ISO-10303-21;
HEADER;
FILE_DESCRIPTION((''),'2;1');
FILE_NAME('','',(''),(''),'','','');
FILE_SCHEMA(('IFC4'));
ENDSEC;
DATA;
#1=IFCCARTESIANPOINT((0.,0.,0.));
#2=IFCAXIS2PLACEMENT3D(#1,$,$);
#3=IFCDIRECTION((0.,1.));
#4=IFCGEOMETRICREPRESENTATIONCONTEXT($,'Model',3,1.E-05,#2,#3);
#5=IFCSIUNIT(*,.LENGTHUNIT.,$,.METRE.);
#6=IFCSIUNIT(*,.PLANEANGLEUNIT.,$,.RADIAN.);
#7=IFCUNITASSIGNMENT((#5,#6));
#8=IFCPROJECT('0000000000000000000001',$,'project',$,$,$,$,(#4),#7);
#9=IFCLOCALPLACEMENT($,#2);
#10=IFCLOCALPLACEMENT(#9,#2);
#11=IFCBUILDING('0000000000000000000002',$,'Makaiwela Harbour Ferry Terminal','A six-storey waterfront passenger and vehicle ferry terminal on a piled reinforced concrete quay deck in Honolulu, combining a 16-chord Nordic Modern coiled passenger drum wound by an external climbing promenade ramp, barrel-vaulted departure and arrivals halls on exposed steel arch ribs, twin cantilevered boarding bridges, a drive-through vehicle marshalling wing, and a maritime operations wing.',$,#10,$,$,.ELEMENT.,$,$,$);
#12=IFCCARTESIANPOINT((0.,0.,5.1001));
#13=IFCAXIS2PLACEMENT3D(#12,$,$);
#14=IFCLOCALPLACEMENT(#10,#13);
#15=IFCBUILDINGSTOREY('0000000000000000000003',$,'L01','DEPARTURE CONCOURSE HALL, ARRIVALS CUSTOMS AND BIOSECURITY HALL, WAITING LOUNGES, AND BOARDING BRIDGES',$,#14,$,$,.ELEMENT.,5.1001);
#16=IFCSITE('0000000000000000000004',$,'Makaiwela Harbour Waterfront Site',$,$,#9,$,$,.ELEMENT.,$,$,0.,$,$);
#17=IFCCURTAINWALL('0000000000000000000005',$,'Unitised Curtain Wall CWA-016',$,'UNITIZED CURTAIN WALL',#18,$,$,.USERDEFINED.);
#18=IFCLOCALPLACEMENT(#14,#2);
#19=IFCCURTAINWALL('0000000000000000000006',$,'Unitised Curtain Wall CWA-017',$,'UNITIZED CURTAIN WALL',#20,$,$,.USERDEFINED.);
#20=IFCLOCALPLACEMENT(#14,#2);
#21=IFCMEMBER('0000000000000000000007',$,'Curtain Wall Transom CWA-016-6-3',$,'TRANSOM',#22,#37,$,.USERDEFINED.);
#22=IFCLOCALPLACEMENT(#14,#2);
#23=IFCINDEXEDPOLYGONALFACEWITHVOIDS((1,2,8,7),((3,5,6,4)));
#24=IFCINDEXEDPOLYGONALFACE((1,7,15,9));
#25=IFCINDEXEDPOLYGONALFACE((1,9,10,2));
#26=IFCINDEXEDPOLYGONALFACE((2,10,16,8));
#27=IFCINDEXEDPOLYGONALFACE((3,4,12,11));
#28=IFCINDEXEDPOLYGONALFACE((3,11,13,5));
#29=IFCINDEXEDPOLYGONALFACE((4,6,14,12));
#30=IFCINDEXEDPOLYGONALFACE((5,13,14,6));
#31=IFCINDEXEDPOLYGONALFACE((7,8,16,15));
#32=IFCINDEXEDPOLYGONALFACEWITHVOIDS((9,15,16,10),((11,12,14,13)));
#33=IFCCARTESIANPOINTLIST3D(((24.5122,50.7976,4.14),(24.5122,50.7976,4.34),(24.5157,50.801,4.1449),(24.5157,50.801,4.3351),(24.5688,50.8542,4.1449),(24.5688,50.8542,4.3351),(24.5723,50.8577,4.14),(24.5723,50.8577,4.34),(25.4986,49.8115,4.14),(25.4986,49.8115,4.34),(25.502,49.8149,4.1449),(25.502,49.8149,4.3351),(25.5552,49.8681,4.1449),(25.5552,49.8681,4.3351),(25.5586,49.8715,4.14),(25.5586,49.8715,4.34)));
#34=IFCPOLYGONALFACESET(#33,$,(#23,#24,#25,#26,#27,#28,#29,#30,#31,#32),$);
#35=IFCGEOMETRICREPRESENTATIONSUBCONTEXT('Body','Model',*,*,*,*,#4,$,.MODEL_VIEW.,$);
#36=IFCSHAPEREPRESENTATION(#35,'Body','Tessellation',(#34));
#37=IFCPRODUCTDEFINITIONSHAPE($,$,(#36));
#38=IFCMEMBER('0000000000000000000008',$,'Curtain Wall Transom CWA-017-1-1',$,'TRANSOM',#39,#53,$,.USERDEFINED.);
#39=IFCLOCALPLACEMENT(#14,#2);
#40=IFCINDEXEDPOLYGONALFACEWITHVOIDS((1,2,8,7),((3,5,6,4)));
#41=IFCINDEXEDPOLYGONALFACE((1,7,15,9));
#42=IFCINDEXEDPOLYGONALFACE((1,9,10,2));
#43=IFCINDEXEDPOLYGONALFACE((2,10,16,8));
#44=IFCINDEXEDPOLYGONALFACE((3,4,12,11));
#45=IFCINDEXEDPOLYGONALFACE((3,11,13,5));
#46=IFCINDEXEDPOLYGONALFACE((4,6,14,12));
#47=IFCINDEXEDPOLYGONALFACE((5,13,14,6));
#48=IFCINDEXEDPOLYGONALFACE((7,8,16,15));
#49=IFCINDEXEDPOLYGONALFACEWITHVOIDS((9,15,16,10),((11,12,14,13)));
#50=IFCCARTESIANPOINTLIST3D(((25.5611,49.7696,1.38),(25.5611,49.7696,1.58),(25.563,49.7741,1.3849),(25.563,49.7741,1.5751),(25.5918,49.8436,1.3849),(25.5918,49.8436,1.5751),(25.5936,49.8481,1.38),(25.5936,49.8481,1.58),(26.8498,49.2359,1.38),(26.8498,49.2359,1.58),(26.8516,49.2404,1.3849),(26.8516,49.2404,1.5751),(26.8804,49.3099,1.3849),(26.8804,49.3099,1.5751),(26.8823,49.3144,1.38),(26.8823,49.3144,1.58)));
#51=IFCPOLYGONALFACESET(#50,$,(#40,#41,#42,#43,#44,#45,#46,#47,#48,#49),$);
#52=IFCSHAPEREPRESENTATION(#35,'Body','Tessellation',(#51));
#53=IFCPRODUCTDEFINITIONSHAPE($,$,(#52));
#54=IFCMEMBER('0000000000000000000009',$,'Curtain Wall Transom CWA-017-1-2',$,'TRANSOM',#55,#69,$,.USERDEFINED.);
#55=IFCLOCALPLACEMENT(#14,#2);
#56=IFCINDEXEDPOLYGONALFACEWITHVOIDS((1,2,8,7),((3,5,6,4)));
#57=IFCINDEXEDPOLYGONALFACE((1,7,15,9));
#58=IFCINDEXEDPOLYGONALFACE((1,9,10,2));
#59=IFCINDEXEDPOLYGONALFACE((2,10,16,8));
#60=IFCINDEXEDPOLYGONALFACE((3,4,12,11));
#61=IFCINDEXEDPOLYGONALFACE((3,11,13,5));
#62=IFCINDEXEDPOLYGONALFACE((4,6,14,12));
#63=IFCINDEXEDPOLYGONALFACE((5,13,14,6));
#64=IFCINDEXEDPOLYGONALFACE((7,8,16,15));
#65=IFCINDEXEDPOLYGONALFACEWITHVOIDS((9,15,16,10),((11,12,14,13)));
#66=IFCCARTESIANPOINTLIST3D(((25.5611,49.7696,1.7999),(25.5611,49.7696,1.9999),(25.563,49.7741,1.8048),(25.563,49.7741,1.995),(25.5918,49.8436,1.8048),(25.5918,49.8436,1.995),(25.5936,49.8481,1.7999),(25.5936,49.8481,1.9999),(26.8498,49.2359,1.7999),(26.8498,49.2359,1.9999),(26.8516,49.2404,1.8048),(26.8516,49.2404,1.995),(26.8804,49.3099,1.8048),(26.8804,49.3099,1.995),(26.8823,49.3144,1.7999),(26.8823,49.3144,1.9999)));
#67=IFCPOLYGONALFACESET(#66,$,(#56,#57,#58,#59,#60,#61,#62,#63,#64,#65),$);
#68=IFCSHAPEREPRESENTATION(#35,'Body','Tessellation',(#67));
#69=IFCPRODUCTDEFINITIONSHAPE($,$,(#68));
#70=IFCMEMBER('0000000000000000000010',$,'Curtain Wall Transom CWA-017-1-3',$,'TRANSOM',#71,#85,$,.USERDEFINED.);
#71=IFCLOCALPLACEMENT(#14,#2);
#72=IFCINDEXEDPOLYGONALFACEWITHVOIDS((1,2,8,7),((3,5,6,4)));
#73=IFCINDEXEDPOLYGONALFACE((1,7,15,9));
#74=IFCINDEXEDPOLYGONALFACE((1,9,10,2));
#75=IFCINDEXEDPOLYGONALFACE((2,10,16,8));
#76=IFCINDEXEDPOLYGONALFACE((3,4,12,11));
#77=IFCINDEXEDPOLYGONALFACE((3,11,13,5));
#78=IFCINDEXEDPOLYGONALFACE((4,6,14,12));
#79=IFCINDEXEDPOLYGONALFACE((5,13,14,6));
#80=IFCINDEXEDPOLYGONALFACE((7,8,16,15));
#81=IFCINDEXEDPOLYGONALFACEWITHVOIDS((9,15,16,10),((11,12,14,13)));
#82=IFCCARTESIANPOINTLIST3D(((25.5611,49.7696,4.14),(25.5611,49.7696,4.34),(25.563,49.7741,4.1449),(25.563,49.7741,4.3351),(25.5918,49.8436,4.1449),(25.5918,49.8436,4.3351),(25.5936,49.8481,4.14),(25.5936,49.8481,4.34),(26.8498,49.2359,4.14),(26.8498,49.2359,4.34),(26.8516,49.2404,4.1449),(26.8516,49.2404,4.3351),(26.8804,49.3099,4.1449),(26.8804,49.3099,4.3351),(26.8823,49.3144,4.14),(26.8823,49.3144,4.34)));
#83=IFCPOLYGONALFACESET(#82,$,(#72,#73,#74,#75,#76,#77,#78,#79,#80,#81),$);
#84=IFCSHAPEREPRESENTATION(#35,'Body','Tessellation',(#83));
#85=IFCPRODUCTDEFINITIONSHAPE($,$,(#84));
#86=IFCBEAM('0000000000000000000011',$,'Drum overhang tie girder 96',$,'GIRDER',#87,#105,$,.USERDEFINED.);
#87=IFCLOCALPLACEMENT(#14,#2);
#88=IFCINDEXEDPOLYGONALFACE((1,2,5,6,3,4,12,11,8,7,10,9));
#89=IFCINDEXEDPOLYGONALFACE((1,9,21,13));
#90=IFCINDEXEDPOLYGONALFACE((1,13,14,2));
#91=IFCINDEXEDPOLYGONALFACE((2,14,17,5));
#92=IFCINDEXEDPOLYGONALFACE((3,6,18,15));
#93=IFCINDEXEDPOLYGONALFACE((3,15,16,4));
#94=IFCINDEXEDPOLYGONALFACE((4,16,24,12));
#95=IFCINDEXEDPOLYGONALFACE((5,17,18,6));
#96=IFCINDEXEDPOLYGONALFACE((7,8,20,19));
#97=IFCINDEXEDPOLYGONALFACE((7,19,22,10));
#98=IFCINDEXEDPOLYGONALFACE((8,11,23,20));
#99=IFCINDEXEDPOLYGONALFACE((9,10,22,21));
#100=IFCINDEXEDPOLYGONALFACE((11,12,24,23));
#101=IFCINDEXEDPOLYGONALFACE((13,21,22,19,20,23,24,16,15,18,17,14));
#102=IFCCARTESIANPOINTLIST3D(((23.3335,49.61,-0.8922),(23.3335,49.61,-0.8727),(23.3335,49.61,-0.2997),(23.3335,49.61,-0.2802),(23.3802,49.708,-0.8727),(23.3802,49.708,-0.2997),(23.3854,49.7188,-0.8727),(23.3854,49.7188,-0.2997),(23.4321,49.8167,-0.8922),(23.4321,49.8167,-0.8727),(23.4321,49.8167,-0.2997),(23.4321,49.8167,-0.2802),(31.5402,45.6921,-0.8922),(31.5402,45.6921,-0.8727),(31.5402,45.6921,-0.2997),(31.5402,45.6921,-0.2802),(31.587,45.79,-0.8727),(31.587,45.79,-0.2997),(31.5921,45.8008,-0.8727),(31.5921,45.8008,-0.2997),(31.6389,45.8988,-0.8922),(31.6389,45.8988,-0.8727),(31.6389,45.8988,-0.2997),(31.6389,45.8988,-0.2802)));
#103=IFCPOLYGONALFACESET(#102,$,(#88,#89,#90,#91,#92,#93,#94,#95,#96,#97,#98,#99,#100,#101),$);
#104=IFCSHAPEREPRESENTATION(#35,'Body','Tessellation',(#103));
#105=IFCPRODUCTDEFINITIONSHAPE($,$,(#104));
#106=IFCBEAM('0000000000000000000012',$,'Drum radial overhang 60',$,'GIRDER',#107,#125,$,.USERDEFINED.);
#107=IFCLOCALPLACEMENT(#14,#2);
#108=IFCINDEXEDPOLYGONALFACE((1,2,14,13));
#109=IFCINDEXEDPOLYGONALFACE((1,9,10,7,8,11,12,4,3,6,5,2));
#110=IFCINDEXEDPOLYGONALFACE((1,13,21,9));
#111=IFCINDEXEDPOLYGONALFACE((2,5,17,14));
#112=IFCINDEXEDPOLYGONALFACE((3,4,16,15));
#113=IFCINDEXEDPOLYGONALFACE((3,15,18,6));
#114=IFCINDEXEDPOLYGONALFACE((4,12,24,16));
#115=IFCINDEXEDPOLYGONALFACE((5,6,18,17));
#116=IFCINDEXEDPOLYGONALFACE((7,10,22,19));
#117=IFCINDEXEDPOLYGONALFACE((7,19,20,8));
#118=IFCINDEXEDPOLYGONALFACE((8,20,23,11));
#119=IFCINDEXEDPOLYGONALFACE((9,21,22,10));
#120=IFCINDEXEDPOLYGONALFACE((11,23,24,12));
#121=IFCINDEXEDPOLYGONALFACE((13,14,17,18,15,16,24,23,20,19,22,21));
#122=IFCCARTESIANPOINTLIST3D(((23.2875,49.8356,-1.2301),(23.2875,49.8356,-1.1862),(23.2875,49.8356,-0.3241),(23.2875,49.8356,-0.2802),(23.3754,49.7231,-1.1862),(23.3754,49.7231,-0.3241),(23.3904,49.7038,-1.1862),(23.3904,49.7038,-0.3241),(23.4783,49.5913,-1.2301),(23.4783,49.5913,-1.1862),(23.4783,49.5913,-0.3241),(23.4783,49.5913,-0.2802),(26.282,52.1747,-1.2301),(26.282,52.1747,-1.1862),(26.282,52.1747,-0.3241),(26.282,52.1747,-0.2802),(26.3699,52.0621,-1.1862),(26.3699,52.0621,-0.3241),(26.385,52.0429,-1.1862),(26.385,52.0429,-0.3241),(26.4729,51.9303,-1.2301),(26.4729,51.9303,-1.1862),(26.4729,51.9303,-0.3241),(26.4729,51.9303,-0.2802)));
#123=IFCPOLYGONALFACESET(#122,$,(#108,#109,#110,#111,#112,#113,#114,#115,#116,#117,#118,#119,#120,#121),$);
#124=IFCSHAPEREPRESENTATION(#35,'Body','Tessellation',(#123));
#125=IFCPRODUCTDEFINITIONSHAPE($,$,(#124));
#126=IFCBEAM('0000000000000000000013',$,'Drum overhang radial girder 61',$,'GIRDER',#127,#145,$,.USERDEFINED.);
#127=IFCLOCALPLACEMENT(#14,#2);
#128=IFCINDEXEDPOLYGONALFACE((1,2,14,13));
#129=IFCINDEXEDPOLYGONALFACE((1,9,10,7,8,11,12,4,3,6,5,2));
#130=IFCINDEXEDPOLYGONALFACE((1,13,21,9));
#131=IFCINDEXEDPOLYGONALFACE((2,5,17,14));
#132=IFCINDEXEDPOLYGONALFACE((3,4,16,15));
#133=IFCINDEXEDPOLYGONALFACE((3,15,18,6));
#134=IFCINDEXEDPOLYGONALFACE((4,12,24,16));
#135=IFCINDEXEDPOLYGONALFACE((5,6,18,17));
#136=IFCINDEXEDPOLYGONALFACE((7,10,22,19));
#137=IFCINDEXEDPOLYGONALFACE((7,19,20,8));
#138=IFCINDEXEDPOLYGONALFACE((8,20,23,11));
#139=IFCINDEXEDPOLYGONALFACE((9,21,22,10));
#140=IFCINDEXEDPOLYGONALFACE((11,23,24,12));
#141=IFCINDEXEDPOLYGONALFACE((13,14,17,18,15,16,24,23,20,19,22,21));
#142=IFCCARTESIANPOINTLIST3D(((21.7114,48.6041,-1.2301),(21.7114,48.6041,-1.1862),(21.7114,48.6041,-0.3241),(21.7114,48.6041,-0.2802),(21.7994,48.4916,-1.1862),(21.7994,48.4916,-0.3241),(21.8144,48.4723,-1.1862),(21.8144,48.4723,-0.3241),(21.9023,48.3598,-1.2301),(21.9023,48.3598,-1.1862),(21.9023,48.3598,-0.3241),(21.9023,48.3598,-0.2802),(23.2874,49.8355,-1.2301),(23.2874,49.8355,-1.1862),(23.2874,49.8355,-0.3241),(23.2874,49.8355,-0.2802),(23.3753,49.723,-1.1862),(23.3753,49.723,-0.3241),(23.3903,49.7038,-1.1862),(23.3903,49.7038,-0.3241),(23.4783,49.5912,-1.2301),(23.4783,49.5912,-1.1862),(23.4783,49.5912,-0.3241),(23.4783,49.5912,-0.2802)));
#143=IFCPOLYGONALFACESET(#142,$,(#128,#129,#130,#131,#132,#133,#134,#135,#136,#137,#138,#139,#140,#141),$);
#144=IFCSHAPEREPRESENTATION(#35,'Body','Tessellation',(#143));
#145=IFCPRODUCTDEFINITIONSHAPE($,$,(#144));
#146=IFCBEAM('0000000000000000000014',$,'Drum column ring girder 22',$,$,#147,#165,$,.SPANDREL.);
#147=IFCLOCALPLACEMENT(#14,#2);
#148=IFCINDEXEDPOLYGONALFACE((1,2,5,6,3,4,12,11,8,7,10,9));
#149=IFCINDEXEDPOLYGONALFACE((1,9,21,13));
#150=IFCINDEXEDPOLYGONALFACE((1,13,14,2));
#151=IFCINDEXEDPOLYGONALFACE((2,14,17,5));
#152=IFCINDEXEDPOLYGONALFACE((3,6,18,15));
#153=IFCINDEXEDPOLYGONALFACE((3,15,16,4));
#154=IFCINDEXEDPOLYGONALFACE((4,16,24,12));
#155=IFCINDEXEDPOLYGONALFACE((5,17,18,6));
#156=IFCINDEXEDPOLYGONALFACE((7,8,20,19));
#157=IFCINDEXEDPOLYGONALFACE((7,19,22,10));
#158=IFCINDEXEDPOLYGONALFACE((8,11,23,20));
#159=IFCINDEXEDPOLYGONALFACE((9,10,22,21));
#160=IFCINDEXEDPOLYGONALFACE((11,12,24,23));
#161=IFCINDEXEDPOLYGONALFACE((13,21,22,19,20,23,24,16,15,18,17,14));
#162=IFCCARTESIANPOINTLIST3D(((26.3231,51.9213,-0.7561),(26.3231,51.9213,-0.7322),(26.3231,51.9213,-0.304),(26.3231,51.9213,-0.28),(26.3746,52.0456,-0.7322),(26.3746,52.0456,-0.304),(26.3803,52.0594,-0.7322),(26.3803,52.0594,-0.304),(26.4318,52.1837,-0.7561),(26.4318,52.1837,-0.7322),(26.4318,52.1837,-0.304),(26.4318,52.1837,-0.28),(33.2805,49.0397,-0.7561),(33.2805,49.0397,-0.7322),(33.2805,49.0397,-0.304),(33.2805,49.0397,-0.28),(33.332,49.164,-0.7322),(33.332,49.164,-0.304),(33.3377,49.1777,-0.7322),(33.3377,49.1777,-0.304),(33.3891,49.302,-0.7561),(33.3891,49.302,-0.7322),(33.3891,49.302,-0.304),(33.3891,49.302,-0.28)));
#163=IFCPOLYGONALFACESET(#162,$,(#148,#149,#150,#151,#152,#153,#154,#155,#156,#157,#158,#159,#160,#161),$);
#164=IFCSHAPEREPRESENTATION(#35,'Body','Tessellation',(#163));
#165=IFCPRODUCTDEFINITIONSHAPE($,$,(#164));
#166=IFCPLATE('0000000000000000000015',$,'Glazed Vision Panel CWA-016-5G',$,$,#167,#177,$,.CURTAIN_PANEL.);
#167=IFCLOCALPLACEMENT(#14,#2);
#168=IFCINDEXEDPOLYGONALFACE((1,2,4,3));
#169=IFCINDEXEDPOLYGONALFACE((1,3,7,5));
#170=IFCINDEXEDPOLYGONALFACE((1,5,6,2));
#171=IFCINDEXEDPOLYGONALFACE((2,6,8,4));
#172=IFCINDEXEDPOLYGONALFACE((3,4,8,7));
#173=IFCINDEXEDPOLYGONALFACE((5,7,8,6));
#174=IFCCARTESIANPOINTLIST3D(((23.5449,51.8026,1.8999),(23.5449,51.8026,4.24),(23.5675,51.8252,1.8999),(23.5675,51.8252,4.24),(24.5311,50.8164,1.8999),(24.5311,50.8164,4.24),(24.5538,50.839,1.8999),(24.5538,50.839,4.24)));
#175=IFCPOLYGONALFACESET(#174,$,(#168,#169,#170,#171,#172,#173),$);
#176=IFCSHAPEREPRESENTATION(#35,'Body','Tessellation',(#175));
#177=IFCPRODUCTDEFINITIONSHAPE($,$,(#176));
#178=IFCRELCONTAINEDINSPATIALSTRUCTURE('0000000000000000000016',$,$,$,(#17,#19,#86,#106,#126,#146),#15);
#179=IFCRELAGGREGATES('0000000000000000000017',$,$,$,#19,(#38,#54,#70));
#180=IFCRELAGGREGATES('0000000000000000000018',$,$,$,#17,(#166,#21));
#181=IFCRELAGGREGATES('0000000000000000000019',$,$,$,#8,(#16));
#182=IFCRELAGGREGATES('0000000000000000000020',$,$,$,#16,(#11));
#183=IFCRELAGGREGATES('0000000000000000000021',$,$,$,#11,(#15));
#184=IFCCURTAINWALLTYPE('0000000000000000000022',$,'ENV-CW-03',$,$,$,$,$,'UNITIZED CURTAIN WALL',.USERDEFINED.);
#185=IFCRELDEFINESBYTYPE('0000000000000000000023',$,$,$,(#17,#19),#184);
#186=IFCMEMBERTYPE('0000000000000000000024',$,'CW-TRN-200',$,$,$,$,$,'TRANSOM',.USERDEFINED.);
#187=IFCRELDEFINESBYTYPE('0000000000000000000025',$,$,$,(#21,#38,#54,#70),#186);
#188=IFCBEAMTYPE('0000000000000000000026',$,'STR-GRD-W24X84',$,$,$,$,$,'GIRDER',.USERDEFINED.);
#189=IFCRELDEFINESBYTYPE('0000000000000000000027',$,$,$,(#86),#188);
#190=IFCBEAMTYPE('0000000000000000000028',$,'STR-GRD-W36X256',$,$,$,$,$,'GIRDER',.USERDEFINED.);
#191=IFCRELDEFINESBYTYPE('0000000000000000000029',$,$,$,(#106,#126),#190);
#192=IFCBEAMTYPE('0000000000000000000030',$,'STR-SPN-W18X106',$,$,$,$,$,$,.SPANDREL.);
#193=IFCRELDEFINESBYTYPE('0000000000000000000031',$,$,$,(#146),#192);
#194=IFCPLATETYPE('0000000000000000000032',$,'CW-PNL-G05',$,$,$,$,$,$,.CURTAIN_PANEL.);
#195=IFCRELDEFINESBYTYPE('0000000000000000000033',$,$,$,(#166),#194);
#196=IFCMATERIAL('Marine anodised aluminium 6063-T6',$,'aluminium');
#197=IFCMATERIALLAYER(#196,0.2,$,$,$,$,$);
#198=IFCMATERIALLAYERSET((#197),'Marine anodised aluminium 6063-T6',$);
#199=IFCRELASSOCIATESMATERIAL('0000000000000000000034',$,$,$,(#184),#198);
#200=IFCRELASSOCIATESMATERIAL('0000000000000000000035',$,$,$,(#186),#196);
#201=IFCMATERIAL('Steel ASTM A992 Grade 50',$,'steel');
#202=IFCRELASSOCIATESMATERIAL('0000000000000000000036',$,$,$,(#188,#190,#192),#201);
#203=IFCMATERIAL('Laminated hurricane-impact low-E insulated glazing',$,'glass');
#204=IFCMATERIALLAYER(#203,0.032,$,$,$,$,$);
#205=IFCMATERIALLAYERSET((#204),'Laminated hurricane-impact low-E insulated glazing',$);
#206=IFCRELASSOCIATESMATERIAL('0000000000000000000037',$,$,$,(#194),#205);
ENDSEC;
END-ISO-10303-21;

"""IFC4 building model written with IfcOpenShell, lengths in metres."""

from ifc_helpers import new_model, si_unit, direction, frame, origin, origin_2d, place, context, subcontext, project, spatial, rectangle, hollow_rectangle, i_section, extrude, material, layer, layer_set, material_profile, profile_set, type_object, element, aggregate, save


model = new_model("IFC4")

# Units and contexts
model_context = context("Model", 3, precision=1e-05, world=origin(), true_north=direction((0.0, 1.0)))
body_context = subcontext(model_context, "Body", "Model", "MODEL_VIEW")
ifc_project = project(units=[si_unit("LENGTHUNIT", "METRE"), si_unit("PLANEANGLEUNIT", "RADIAN")], contexts=[model_context])

# Site, building, storey
site_placement = place(None, origin())
site = spatial("IfcSite", under=ifc_project, at=site_placement, Name="Makaiwela Harbour Waterfront Site", CompositionType="ELEMENT", RefElevation=0.0)
building_placement = place(site_placement, origin())
building = spatial("IfcBuilding", under=site, at=building_placement, Name="Makaiwela Harbour Ferry Terminal", Description="A six-storey waterfront passenger and vehicle ferry terminal on a piled reinforced concrete quay deck in Honolulu, combining a 16-chord Nordic Modern coiled passenger drum wound by an external climbing promenade ramp, barrel-vaulted departure and arrivals halls on exposed steel arch ribs, twin cantilevered boarding bridges, a drive-through vehicle marshalling wing, and a maritime operations wing.", CompositionType="ELEMENT")
storey_placement = place(building_placement, frame((0.0, 0.0, 5.1001)))
storey = spatial("IfcBuildingStorey", under=building, at=storey_placement, Name="L01", Description="DEPARTURE CONCOURSE HALL, ARRIVALS CUSTOMS AND BIOSECURITY HALL, WAITING LOUNGES, AND BOARDING BRIDGES", CompositionType="ELEMENT", Elevation=5.1001)

# Shared definitions
ifc_material_1 = material(Name="Steel ASTM A992 Grade 50", Category="steel")

# Curtain wall
ifc_material_2 = material(Name="Marine anodised aluminium 6063-T6", Category="aluminium")
ifc_layer_1 = layer(ifc_material_2, 0.2)
ifc_layer_set_1 = layer_set([ifc_layer_1], Name="Marine anodised aluminium 6063-T6")
curtain_wall_type = type_object("IfcCurtainWallType", Name="ENV-CW-03", ElementType="UNITIZED CURTAIN WALL", PredefinedType="USERDEFINED", material=ifc_layer_set_1)
curtain_wall_1_placement = place(storey_placement, origin())
curtain_wall_1 = element("IfcCurtainWall", 1, at=curtain_wall_1_placement, inside=storey, type_object=curtain_wall_type, Name="Unitised Curtain Wall CWA-016", ObjectType="UNITIZED CURTAIN WALL", PredefinedType="USERDEFINED")

# Curtain wall
curtain_wall_2_placement = place(storey_placement, origin())
curtain_wall_2 = element("IfcCurtainWall", 2, at=curtain_wall_2_placement, inside=storey, type_object=curtain_wall_type, Name="Unitised Curtain Wall CWA-017", ObjectType="UNITIZED CURTAIN WALL", PredefinedType="USERDEFINED")

# Members
ifc_material_profile_1 = material_profile(ifc_material_2, hollow_rectangle(XDim=0.085, YDim=0.2, WallThickness=0.0049, at=origin_2d()), Name="CWT-200X85")
ifc_profile_set_1 = profile_set([ifc_material_profile_1], Name="Marine anodised aluminium 6063-T6")
member_type_1 = type_object("IfcMemberType", Name="CW-TRN-200", ElementType="TRANSOM", PredefinedType="USERDEFINED", material=ifc_profile_set_1)
member_1_placement = place(storey_placement, frame((24.5422, 50.8276, 4.24), z_axis=(0.707194, -0.707019, 0.0), x_axis=(0.707019, 0.707194, 0.0)))
member_1 = element("IfcMember", 3, at=member_1_placement, type_object=member_type_1, Name="Curtain Wall Transom CWA-016-6-3", ObjectType="TRANSOM", PredefinedType="USERDEFINED", context=body_context, shape_type="SweptSolid", body=[
    extrude(hollow_rectangle(XDim=0.085, YDim=0.2, WallThickness=0.0049, at=origin_2d()), origin(), (0.0, 0.0, 1.0), 1.3948),
])
member_2_placement = place(storey_placement, frame((25.5774, 49.8088, 1.48), z_axis=(0.923893, -0.382651, 0.0), x_axis=(0.382651, 0.923893, 0.0)))
member_2 = element("IfcMember", 4, at=member_2_placement, type_object=member_type_1, Name="Curtain Wall Transom CWA-017-1-1", ObjectType="TRANSOM", PredefinedType="USERDEFINED", context=body_context, shape_type="SweptSolid", body=[
    extrude(hollow_rectangle(XDim=0.085, YDim=0.2, WallThickness=0.0049, at=origin_2d()), origin(), (0.0, 0.0, 1.0), 1.3948),
])
member_3_placement = place(storey_placement, frame((25.5774, 49.8088, 1.8999), z_axis=(0.923893, -0.382651, 0.0), x_axis=(0.382651, 0.923893, 0.0)))
member_3 = element("IfcMember", 5, at=member_3_placement, type_object=member_type_1, Name="Curtain Wall Transom CWA-017-1-2", ObjectType="TRANSOM", PredefinedType="USERDEFINED", context=body_context, shape_type="SweptSolid", body=[
    extrude(hollow_rectangle(XDim=0.085, YDim=0.2, WallThickness=0.0049, at=origin_2d()), origin(), (0.0, 0.0, 1.0), 1.3948),
])
member_4_placement = place(storey_placement, frame((25.5774, 49.8088, 4.24), z_axis=(0.923893, -0.382651, 0.0), x_axis=(0.382651, 0.923893, 0.0)))
member_4 = element("IfcMember", 6, at=member_4_placement, type_object=member_type_1, Name="Curtain Wall Transom CWA-017-1-3", ObjectType="TRANSOM", PredefinedType="USERDEFINED", context=body_context, shape_type="SweptSolid", body=[
    extrude(hollow_rectangle(XDim=0.085, YDim=0.2, WallThickness=0.0049, at=origin_2d()), origin(), (0.0, 0.0, 1.0), 1.3948),
])
aggregate(curtain_wall_2, [member_2, member_3, member_4])

# Beams
ifc_material_profile_2 = material_profile(ifc_material_1, i_section(OverallWidth=0.229, OverallDepth=0.6121, WebThickness=0.012, FlangeThickness=0.0195, at=origin_2d()), Name="W24X84")
ifc_profile_set_2 = profile_set([ifc_material_profile_2], Name="Steel ASTM A992 Grade 50")
beam_type_1 = type_object("IfcBeamType", Name="STR-GRD-W24X84", ElementType="GIRDER", PredefinedType="USERDEFINED", material=ifc_profile_set_2)
beam_1_placement = place(storey_placement, frame((23.3828, 49.7134, -0.5862), z_axis=(0.902434, -0.430827, 0.0), x_axis=(0.430827, 0.902434, 0.0)))
element("IfcBeam", 7, at=beam_1_placement, inside=storey, type_object=beam_type_1, Name="Drum overhang tie girder 96", ObjectType="GIRDER", PredefinedType="USERDEFINED", context=body_context, shape_type="SweptSolid", body=[
    extrude(i_section(OverallWidth=0.229, OverallDepth=0.6121, WebThickness=0.012, FlangeThickness=0.0195, at=origin_2d()), origin(), (0.0, 0.0, 1.0), 9.094),
])
ifc_material_profile_3 = material_profile(ifc_material_1, i_section(OverallWidth=0.3101, OverallDepth=0.95, WebThickness=0.0244, FlangeThickness=0.0439, at=origin_2d()), Name="W36X256")
ifc_profile_set_3 = profile_set([ifc_material_profile_3], Name="Steel ASTM A992 Grade 50")
beam_type_2 = type_object("IfcBeamType", Name="STR-GRD-W36X256", ElementType="GIRDER", PredefinedType="USERDEFINED", material=ifc_profile_set_3)
beam_2_placement = place(storey_placement, frame((26.3774, 52.0525, -0.7551), z_axis=(-0.788081, -0.615572, 0.0), x_axis=(0.615572, -0.788081, 0.0)))
element("IfcBeam", 8, at=beam_2_placement, inside=storey, type_object=beam_type_2, Name="Drum radial overhang 60", ObjectType="GIRDER", PredefinedType="USERDEFINED", context=body_context, shape_type="SweptSolid", body=[
    extrude(i_section(OverallWidth=0.3101, OverallDepth=0.95, WebThickness=0.0244, FlangeThickness=0.0439, at=origin_2d()), origin(), (0.0, 0.0, 1.0), 3.7998),
])
beam_3_placement = place(storey_placement, frame((23.3828, 49.7134, -0.7551), z_axis=(-0.787963, -0.615722, 0.0), x_axis=(0.615722, -0.787963, 0.0)))
element("IfcBeam", 9, at=beam_3_placement, inside=storey, type_object=beam_type_2, Name="Drum overhang radial girder 61", ObjectType="GIRDER", PredefinedType="USERDEFINED", context=body_context, shape_type="SweptSolid", body=[
    extrude(i_section(OverallWidth=0.3101, OverallDepth=0.95, WebThickness=0.0244, FlangeThickness=0.0439, at=origin_2d()), origin(), (0.0, 0.0, 1.0), 2.0),
])
ifc_material_profile_4 = material_profile(ifc_material_1, i_section(OverallWidth=0.2839, OverallDepth=0.4761, WebThickness=0.0149, FlangeThickness=0.0239, at=origin_2d()), Name="W18X106")
ifc_profile_set_4 = profile_set([ifc_material_profile_4], Name="Steel ASTM A992 Grade 50")
beam_type_3 = type_object("IfcBeamType", Name="STR-SPN-W18X106", PredefinedType="SPANDREL", material=ifc_profile_set_4)
beam_4_placement = place(storey_placement, frame((26.3774, 52.0525, -0.5181), z_axis=(0.923889, -0.38266, 0.0), x_axis=(0.38266, 0.923889, 0.0)))
element("IfcBeam", 10, at=beam_4_placement, inside=storey, type_object=beam_type_3, Name="Drum column ring girder 22", PredefinedType="SPANDREL", context=body_context, shape_type="SweptSolid", body=[
    extrude(i_section(OverallWidth=0.2839, OverallDepth=0.4761, WebThickness=0.0149, FlangeThickness=0.0239, at=origin_2d()), origin(), (0.0, 0.0, 1.0), 7.5305),
])

# Plate
ifc_material_3 = material(Name="Laminated hurricane-impact low-E insulated glazing", Category="glass")
ifc_layer_2 = layer(ifc_material_3, 0.032)
ifc_layer_set_2 = layer_set([ifc_layer_2], Name="Laminated hurricane-impact low-E insulated glazing")
plate_type_1 = type_object("IfcPlateType", Name="CW-PNL-G05", PredefinedType="CURTAIN_PANEL", material=ifc_layer_set_2)
plate_1_placement = place(storey_placement, frame((24.0493, 51.3208, 1.8999), z_axis=(0.0, 0.0, 1.0), x_axis=(0.707107, -0.707107, 0.0)))
plate_1 = element("IfcPlate", 11, at=plate_1_placement, type_object=plate_type_1, Name="Glazed Vision Panel CWA-016-5G", PredefinedType="CURTAIN_PANEL", context=body_context, shape_type="SweptSolid", body=[
    extrude(rectangle(XDim=1.3948, YDim=0.032, at=origin_2d()), origin(), (0.0, 0.0, 1.0), 2.3401),
])
aggregate(curtain_wall_1, [plate_1, member_1])

save(model, "model.ifc")
